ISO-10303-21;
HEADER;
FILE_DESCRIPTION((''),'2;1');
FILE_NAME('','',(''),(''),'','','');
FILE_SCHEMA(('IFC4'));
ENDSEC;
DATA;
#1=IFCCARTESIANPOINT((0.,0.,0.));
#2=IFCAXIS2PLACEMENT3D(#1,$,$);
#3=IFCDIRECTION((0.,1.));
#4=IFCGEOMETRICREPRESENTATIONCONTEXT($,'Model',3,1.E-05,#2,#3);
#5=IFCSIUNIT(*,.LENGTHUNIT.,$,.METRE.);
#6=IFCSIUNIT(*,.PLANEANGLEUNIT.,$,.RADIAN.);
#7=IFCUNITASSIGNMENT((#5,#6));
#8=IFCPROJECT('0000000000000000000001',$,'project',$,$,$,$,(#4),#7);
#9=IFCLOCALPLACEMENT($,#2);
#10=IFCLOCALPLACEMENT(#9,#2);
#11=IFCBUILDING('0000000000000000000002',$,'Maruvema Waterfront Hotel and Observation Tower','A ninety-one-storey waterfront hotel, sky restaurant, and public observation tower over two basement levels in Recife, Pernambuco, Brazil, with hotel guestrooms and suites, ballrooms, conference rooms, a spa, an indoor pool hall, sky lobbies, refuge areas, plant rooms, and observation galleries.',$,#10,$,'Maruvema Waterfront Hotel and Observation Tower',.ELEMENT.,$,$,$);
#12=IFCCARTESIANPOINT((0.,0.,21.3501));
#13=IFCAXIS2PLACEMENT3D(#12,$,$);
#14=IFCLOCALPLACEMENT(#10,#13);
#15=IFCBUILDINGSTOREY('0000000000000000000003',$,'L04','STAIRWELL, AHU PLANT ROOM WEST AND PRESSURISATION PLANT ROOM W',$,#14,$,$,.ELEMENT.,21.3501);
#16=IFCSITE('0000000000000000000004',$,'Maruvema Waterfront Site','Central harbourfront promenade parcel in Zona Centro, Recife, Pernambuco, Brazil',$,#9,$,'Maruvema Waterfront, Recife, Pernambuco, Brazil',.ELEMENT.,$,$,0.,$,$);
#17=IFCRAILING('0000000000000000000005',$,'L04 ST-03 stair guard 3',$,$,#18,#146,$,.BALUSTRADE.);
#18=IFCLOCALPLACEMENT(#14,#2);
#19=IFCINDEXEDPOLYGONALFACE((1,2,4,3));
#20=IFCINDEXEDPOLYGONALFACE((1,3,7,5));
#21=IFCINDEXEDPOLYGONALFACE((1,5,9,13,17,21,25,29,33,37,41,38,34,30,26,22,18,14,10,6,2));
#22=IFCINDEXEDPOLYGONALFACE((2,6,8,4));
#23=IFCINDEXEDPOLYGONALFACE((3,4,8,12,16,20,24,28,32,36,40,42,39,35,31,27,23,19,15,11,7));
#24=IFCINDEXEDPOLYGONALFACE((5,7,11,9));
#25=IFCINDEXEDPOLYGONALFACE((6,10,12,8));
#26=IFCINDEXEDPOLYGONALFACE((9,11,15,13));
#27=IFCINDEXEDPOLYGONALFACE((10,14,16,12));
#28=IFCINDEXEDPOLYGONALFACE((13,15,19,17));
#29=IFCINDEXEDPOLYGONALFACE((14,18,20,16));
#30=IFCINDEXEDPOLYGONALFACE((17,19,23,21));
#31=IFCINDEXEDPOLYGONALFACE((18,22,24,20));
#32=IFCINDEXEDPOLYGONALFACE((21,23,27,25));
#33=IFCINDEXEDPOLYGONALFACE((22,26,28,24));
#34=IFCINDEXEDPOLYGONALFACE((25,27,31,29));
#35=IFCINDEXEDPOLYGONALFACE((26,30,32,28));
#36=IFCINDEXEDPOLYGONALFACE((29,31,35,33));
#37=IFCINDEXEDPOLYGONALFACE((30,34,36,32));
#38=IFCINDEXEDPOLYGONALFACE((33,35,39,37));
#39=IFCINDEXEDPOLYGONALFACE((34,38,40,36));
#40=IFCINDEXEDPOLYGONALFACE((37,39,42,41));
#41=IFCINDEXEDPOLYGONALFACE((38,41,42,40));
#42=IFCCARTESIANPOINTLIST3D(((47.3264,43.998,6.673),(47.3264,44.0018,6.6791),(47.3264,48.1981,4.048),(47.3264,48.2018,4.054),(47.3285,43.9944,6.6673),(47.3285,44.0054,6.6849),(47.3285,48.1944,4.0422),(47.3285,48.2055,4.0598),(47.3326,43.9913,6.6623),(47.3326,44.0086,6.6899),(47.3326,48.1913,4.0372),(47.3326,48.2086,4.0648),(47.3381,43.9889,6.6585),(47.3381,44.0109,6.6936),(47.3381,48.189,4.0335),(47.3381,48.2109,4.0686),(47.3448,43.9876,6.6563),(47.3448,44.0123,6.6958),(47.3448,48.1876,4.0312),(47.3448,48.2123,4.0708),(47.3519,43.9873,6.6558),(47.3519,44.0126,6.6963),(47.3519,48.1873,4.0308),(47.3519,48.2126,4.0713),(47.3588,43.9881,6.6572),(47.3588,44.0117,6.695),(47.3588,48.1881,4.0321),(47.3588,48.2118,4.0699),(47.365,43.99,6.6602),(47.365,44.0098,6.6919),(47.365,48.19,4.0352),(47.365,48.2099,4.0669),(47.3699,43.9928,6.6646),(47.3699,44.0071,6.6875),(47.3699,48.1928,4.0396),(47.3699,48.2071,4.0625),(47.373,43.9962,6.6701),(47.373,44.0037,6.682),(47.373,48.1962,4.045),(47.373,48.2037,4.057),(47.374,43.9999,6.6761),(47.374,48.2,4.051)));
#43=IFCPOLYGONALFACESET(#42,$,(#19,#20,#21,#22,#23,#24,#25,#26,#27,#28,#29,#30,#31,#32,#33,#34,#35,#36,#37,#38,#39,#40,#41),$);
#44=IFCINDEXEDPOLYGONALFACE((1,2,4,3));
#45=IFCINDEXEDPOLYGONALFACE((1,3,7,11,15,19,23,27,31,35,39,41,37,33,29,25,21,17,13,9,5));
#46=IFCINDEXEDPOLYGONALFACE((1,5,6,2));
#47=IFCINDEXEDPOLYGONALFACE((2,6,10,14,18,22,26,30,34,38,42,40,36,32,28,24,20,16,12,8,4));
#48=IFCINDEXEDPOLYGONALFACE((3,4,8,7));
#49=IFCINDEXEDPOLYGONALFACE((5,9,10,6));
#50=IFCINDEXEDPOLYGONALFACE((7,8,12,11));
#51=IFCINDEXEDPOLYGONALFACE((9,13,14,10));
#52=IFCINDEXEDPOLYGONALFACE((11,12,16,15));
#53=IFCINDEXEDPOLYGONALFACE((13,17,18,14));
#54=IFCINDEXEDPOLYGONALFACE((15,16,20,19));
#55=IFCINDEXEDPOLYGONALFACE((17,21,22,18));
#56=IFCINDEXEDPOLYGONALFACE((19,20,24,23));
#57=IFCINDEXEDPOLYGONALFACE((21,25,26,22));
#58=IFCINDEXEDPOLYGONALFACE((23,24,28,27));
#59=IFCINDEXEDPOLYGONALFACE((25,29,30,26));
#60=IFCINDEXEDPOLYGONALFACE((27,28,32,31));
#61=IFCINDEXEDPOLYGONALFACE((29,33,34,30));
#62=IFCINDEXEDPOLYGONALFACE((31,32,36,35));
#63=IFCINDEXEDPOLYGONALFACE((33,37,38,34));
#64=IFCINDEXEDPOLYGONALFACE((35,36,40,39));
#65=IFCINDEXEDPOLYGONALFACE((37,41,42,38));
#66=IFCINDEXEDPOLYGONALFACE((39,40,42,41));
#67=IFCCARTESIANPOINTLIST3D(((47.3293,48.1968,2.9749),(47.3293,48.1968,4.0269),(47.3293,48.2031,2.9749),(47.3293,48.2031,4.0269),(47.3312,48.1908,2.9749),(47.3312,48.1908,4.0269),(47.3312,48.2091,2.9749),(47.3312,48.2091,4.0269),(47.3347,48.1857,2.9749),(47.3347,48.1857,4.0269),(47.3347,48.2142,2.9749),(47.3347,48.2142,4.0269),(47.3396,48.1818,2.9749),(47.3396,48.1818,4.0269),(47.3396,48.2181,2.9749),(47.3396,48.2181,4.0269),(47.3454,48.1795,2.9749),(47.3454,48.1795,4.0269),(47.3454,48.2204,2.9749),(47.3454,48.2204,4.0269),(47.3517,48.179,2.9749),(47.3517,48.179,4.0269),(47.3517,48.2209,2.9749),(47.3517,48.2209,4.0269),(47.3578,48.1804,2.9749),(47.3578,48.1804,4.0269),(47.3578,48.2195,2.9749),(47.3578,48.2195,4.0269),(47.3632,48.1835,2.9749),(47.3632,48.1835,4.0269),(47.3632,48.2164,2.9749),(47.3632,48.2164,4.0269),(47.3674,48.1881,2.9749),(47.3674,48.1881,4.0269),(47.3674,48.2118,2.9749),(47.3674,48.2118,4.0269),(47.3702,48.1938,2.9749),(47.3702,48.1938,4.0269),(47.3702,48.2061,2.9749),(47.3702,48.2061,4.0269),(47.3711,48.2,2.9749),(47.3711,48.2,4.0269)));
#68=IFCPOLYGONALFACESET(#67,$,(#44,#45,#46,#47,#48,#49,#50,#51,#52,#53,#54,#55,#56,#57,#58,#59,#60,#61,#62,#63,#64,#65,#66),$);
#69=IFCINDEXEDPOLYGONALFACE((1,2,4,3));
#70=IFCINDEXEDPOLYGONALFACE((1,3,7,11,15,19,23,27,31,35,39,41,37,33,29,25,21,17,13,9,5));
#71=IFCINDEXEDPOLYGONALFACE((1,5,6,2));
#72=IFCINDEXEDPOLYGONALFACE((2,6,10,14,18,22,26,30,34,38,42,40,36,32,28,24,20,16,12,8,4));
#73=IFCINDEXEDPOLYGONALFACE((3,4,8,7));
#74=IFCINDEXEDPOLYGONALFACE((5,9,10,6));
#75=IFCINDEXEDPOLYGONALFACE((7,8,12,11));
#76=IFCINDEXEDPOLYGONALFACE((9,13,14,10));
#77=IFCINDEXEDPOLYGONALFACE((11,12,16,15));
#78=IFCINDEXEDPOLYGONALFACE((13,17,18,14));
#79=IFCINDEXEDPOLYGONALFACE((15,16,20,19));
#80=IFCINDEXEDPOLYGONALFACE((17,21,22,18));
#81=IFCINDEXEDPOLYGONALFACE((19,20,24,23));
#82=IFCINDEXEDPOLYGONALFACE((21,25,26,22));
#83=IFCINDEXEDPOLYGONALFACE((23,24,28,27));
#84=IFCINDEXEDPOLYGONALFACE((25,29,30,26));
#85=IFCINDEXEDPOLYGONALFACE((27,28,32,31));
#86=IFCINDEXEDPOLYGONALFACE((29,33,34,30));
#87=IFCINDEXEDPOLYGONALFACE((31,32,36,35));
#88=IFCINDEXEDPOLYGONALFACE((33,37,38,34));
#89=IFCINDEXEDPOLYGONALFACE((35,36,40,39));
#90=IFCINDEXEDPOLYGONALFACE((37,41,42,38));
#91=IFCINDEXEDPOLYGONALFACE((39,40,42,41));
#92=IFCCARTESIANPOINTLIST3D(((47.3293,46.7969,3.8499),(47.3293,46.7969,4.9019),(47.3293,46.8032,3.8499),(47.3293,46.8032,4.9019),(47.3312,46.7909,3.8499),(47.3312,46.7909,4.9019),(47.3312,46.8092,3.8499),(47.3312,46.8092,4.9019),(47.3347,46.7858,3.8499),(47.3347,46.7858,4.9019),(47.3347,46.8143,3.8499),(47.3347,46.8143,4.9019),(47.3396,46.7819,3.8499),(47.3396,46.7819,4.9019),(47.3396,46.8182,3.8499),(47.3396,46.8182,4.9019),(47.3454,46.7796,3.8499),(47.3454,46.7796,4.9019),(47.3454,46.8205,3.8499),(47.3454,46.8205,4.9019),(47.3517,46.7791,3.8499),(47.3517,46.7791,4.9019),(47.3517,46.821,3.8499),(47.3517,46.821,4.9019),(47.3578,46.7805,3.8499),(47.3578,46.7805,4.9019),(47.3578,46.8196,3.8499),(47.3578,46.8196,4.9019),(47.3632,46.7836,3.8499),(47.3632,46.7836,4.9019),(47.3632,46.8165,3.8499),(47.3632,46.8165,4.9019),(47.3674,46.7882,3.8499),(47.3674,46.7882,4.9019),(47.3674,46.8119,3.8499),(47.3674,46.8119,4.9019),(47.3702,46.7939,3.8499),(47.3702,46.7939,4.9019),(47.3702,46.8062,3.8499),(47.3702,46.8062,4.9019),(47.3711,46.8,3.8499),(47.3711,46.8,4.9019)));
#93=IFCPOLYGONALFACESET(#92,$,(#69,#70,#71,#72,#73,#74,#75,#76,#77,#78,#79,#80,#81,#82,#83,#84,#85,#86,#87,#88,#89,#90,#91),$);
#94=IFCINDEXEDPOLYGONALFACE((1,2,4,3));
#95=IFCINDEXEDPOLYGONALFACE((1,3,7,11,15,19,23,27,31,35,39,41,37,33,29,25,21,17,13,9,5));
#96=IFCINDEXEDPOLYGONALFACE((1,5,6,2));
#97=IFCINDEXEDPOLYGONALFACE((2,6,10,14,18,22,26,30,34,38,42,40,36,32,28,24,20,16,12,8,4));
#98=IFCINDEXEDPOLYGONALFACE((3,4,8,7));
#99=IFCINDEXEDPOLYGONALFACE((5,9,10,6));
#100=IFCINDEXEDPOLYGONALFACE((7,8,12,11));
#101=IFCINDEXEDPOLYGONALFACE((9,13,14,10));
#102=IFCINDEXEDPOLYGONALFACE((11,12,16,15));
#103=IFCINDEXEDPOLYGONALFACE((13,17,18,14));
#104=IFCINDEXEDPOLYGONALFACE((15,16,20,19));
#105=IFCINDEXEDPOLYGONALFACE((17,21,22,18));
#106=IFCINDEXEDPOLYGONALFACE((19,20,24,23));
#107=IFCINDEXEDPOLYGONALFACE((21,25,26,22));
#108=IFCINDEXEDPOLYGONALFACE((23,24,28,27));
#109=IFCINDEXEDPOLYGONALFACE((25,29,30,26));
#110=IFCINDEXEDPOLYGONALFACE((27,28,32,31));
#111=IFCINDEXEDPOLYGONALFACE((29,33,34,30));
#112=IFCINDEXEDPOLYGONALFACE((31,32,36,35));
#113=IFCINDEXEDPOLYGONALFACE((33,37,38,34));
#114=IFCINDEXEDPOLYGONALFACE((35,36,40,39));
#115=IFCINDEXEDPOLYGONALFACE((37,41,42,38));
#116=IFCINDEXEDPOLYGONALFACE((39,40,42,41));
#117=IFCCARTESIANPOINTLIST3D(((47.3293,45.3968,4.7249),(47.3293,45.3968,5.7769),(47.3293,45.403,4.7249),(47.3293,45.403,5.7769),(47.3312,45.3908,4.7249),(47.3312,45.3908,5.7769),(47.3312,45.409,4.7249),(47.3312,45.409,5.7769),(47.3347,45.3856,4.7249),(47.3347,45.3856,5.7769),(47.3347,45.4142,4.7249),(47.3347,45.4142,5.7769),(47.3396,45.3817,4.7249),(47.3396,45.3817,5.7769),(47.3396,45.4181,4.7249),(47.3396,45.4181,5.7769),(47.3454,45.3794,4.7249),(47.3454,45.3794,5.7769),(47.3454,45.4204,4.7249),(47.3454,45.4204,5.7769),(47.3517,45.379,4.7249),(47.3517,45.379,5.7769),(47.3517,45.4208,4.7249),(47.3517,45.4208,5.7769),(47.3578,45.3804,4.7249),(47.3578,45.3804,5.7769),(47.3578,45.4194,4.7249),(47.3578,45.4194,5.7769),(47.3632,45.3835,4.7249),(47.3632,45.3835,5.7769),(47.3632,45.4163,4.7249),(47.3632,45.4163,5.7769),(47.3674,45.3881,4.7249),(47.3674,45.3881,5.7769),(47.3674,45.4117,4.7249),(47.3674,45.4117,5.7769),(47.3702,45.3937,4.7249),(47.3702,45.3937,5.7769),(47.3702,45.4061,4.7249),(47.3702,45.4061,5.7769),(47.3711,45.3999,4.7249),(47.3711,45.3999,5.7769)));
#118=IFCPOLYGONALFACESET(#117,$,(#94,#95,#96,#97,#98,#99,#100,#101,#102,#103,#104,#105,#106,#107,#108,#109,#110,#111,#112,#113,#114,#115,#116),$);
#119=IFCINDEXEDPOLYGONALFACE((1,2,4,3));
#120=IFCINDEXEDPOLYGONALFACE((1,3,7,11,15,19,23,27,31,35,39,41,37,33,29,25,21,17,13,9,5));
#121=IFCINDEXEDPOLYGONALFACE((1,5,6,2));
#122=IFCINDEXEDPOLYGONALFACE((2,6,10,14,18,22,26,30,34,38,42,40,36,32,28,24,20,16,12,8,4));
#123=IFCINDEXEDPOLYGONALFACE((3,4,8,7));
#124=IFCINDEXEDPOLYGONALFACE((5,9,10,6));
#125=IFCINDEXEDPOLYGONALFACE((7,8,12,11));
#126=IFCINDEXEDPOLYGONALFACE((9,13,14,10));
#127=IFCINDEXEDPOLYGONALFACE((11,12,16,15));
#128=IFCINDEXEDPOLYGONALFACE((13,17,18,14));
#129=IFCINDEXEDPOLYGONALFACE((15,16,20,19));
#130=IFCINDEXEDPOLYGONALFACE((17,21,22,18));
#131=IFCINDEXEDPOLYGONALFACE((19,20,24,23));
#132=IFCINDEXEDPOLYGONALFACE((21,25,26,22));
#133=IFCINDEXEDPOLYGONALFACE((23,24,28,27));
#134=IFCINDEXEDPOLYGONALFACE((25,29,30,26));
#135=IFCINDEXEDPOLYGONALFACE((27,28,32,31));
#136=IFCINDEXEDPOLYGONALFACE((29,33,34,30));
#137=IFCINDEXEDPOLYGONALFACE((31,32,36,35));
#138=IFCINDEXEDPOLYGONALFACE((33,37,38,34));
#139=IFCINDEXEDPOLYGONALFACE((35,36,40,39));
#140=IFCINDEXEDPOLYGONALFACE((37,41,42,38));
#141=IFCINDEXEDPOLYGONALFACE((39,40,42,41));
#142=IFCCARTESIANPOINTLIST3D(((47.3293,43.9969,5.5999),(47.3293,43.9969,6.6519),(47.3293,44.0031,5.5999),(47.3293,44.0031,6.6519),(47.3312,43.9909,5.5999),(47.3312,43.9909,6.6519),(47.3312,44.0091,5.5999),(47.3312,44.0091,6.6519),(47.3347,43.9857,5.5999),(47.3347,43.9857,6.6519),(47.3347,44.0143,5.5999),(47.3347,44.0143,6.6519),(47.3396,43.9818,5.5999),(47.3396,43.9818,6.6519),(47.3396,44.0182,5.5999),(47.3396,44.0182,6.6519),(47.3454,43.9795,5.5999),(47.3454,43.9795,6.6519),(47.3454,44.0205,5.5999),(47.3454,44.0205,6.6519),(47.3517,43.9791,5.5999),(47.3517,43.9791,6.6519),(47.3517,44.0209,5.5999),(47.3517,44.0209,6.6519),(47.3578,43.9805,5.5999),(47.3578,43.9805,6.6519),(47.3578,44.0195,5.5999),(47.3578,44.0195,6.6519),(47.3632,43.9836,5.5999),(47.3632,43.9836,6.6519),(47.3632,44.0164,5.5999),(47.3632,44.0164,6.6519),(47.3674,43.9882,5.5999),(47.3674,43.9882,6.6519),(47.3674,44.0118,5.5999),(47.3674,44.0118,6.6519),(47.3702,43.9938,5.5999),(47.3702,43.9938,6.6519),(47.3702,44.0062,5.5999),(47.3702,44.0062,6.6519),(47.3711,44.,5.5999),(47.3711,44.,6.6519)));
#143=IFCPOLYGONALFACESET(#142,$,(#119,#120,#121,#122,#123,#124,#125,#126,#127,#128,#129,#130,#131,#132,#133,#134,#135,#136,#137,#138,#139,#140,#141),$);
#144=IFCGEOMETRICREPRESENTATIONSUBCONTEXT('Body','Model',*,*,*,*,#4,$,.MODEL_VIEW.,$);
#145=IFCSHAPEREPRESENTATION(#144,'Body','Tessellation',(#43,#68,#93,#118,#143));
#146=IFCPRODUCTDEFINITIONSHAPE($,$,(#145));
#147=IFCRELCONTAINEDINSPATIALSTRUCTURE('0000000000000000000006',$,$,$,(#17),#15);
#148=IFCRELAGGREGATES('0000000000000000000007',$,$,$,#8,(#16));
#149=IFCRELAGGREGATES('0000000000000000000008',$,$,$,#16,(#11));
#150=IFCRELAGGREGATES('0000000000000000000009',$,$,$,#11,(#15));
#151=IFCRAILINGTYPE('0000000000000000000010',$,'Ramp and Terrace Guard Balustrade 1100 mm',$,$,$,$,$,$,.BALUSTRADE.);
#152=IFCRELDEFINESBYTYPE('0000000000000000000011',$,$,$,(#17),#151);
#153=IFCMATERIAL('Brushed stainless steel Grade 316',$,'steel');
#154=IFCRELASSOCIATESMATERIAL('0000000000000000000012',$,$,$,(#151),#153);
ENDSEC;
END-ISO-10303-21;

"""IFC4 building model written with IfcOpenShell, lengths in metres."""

from ifc_helpers import new_model, si_unit, direction, frame, origin, origin_2d, place, context, subcontext, project, spatial, circle, extrude, material, type_object, element, save


model = new_model("IFC4")

# Units and contexts
model_context = context("Model", 3, precision=1e-05, world=origin(), true_north=direction((0.0, 1.0)))
body_context = subcontext(model_context, "Body", "Model", "MODEL_VIEW")
ifc_project = project(units=[si_unit("LENGTHUNIT", "METRE"), si_unit("PLANEANGLEUNIT", "RADIAN")], contexts=[model_context])

# Site, building, storey
site_placement = place(None, origin())
site = spatial("IfcSite", under=ifc_project, at=site_placement, Name="Maruvema Waterfront Site", Description="Central harbourfront promenade parcel in Zona Centro, Recife, Pernambuco, Brazil", LongName="Maruvema Waterfront, Recife, Pernambuco, Brazil", CompositionType="ELEMENT", RefElevation=0.0)
building_placement = place(site_placement, origin())
building = spatial("IfcBuilding", under=site, at=building_placement, Name="Maruvema Waterfront Hotel and Observation Tower", Description="A ninety-one-storey waterfront hotel, sky restaurant, and public observation tower over two basement levels in Recife, Pernambuco, Brazil, with hotel guestrooms and suites, ballrooms, conference rooms, a spa, an indoor pool hall, sky lobbies, refuge areas, plant rooms, and observation galleries.", LongName="Maruvema Waterfront Hotel and Observation Tower", CompositionType="ELEMENT")
storey_placement = place(building_placement, frame((0.0, 0.0, 21.3501)))
storey = spatial("IfcBuildingStorey", under=building, at=storey_placement, Name="L04", Description="STAIRWELL, AHU PLANT ROOM WEST AND PRESSURISATION PLANT ROOM W", CompositionType="ELEMENT", Elevation=21.3501)

# Railing
ifc_material_1 = material(Name="Brushed stainless steel Grade 316", Category="steel")
railing_type_1 = type_object("IfcRailingType", Name="Ramp and Terrace Guard Balustrade 1100 mm", PredefinedType="BALUSTRADE", material=ifc_material_1)
railing_1_placement = place(storey_placement, frame((47.3501, 48.2, 2.9749)))
element("IfcRailing", 1, at=railing_1_placement, inside=storey, type_object=railing_type_1, Name="L04 ST-03 stair guard 3", PredefinedType="BALUSTRADE", context=body_context, shape_type="SweptSolid", body=[
    extrude(circle(Radius=0.0239, at=origin_2d()), frame((0.0, 0.0, 1.0762), z_axis=(0.0, -0.847996, 0.530003), x_axis=(1.0, 0.0, 0.0)), (0.0, 0.0, 1.0), 4.9529),
    extrude(circle(Radius=0.021, at=origin_2d()), origin(), (0.0, 0.0, 1.0), 1.052),
    extrude(circle(Radius=0.021, at=origin_2d()), frame((0.0, -1.3999, 0.875)), (0.0, 0.0, 1.0), 1.052),
    extrude(circle(Radius=0.021, at=origin_2d()), frame((0.0, -2.8, 1.75)), (0.0, 0.0, 1.0), 1.052),
    extrude(circle(Radius=0.021, at=origin_2d()), frame((0.0, -4.2, 2.625)), (0.0, 0.0, 1.0), 1.052),
])

save(model, "model.ifc")
